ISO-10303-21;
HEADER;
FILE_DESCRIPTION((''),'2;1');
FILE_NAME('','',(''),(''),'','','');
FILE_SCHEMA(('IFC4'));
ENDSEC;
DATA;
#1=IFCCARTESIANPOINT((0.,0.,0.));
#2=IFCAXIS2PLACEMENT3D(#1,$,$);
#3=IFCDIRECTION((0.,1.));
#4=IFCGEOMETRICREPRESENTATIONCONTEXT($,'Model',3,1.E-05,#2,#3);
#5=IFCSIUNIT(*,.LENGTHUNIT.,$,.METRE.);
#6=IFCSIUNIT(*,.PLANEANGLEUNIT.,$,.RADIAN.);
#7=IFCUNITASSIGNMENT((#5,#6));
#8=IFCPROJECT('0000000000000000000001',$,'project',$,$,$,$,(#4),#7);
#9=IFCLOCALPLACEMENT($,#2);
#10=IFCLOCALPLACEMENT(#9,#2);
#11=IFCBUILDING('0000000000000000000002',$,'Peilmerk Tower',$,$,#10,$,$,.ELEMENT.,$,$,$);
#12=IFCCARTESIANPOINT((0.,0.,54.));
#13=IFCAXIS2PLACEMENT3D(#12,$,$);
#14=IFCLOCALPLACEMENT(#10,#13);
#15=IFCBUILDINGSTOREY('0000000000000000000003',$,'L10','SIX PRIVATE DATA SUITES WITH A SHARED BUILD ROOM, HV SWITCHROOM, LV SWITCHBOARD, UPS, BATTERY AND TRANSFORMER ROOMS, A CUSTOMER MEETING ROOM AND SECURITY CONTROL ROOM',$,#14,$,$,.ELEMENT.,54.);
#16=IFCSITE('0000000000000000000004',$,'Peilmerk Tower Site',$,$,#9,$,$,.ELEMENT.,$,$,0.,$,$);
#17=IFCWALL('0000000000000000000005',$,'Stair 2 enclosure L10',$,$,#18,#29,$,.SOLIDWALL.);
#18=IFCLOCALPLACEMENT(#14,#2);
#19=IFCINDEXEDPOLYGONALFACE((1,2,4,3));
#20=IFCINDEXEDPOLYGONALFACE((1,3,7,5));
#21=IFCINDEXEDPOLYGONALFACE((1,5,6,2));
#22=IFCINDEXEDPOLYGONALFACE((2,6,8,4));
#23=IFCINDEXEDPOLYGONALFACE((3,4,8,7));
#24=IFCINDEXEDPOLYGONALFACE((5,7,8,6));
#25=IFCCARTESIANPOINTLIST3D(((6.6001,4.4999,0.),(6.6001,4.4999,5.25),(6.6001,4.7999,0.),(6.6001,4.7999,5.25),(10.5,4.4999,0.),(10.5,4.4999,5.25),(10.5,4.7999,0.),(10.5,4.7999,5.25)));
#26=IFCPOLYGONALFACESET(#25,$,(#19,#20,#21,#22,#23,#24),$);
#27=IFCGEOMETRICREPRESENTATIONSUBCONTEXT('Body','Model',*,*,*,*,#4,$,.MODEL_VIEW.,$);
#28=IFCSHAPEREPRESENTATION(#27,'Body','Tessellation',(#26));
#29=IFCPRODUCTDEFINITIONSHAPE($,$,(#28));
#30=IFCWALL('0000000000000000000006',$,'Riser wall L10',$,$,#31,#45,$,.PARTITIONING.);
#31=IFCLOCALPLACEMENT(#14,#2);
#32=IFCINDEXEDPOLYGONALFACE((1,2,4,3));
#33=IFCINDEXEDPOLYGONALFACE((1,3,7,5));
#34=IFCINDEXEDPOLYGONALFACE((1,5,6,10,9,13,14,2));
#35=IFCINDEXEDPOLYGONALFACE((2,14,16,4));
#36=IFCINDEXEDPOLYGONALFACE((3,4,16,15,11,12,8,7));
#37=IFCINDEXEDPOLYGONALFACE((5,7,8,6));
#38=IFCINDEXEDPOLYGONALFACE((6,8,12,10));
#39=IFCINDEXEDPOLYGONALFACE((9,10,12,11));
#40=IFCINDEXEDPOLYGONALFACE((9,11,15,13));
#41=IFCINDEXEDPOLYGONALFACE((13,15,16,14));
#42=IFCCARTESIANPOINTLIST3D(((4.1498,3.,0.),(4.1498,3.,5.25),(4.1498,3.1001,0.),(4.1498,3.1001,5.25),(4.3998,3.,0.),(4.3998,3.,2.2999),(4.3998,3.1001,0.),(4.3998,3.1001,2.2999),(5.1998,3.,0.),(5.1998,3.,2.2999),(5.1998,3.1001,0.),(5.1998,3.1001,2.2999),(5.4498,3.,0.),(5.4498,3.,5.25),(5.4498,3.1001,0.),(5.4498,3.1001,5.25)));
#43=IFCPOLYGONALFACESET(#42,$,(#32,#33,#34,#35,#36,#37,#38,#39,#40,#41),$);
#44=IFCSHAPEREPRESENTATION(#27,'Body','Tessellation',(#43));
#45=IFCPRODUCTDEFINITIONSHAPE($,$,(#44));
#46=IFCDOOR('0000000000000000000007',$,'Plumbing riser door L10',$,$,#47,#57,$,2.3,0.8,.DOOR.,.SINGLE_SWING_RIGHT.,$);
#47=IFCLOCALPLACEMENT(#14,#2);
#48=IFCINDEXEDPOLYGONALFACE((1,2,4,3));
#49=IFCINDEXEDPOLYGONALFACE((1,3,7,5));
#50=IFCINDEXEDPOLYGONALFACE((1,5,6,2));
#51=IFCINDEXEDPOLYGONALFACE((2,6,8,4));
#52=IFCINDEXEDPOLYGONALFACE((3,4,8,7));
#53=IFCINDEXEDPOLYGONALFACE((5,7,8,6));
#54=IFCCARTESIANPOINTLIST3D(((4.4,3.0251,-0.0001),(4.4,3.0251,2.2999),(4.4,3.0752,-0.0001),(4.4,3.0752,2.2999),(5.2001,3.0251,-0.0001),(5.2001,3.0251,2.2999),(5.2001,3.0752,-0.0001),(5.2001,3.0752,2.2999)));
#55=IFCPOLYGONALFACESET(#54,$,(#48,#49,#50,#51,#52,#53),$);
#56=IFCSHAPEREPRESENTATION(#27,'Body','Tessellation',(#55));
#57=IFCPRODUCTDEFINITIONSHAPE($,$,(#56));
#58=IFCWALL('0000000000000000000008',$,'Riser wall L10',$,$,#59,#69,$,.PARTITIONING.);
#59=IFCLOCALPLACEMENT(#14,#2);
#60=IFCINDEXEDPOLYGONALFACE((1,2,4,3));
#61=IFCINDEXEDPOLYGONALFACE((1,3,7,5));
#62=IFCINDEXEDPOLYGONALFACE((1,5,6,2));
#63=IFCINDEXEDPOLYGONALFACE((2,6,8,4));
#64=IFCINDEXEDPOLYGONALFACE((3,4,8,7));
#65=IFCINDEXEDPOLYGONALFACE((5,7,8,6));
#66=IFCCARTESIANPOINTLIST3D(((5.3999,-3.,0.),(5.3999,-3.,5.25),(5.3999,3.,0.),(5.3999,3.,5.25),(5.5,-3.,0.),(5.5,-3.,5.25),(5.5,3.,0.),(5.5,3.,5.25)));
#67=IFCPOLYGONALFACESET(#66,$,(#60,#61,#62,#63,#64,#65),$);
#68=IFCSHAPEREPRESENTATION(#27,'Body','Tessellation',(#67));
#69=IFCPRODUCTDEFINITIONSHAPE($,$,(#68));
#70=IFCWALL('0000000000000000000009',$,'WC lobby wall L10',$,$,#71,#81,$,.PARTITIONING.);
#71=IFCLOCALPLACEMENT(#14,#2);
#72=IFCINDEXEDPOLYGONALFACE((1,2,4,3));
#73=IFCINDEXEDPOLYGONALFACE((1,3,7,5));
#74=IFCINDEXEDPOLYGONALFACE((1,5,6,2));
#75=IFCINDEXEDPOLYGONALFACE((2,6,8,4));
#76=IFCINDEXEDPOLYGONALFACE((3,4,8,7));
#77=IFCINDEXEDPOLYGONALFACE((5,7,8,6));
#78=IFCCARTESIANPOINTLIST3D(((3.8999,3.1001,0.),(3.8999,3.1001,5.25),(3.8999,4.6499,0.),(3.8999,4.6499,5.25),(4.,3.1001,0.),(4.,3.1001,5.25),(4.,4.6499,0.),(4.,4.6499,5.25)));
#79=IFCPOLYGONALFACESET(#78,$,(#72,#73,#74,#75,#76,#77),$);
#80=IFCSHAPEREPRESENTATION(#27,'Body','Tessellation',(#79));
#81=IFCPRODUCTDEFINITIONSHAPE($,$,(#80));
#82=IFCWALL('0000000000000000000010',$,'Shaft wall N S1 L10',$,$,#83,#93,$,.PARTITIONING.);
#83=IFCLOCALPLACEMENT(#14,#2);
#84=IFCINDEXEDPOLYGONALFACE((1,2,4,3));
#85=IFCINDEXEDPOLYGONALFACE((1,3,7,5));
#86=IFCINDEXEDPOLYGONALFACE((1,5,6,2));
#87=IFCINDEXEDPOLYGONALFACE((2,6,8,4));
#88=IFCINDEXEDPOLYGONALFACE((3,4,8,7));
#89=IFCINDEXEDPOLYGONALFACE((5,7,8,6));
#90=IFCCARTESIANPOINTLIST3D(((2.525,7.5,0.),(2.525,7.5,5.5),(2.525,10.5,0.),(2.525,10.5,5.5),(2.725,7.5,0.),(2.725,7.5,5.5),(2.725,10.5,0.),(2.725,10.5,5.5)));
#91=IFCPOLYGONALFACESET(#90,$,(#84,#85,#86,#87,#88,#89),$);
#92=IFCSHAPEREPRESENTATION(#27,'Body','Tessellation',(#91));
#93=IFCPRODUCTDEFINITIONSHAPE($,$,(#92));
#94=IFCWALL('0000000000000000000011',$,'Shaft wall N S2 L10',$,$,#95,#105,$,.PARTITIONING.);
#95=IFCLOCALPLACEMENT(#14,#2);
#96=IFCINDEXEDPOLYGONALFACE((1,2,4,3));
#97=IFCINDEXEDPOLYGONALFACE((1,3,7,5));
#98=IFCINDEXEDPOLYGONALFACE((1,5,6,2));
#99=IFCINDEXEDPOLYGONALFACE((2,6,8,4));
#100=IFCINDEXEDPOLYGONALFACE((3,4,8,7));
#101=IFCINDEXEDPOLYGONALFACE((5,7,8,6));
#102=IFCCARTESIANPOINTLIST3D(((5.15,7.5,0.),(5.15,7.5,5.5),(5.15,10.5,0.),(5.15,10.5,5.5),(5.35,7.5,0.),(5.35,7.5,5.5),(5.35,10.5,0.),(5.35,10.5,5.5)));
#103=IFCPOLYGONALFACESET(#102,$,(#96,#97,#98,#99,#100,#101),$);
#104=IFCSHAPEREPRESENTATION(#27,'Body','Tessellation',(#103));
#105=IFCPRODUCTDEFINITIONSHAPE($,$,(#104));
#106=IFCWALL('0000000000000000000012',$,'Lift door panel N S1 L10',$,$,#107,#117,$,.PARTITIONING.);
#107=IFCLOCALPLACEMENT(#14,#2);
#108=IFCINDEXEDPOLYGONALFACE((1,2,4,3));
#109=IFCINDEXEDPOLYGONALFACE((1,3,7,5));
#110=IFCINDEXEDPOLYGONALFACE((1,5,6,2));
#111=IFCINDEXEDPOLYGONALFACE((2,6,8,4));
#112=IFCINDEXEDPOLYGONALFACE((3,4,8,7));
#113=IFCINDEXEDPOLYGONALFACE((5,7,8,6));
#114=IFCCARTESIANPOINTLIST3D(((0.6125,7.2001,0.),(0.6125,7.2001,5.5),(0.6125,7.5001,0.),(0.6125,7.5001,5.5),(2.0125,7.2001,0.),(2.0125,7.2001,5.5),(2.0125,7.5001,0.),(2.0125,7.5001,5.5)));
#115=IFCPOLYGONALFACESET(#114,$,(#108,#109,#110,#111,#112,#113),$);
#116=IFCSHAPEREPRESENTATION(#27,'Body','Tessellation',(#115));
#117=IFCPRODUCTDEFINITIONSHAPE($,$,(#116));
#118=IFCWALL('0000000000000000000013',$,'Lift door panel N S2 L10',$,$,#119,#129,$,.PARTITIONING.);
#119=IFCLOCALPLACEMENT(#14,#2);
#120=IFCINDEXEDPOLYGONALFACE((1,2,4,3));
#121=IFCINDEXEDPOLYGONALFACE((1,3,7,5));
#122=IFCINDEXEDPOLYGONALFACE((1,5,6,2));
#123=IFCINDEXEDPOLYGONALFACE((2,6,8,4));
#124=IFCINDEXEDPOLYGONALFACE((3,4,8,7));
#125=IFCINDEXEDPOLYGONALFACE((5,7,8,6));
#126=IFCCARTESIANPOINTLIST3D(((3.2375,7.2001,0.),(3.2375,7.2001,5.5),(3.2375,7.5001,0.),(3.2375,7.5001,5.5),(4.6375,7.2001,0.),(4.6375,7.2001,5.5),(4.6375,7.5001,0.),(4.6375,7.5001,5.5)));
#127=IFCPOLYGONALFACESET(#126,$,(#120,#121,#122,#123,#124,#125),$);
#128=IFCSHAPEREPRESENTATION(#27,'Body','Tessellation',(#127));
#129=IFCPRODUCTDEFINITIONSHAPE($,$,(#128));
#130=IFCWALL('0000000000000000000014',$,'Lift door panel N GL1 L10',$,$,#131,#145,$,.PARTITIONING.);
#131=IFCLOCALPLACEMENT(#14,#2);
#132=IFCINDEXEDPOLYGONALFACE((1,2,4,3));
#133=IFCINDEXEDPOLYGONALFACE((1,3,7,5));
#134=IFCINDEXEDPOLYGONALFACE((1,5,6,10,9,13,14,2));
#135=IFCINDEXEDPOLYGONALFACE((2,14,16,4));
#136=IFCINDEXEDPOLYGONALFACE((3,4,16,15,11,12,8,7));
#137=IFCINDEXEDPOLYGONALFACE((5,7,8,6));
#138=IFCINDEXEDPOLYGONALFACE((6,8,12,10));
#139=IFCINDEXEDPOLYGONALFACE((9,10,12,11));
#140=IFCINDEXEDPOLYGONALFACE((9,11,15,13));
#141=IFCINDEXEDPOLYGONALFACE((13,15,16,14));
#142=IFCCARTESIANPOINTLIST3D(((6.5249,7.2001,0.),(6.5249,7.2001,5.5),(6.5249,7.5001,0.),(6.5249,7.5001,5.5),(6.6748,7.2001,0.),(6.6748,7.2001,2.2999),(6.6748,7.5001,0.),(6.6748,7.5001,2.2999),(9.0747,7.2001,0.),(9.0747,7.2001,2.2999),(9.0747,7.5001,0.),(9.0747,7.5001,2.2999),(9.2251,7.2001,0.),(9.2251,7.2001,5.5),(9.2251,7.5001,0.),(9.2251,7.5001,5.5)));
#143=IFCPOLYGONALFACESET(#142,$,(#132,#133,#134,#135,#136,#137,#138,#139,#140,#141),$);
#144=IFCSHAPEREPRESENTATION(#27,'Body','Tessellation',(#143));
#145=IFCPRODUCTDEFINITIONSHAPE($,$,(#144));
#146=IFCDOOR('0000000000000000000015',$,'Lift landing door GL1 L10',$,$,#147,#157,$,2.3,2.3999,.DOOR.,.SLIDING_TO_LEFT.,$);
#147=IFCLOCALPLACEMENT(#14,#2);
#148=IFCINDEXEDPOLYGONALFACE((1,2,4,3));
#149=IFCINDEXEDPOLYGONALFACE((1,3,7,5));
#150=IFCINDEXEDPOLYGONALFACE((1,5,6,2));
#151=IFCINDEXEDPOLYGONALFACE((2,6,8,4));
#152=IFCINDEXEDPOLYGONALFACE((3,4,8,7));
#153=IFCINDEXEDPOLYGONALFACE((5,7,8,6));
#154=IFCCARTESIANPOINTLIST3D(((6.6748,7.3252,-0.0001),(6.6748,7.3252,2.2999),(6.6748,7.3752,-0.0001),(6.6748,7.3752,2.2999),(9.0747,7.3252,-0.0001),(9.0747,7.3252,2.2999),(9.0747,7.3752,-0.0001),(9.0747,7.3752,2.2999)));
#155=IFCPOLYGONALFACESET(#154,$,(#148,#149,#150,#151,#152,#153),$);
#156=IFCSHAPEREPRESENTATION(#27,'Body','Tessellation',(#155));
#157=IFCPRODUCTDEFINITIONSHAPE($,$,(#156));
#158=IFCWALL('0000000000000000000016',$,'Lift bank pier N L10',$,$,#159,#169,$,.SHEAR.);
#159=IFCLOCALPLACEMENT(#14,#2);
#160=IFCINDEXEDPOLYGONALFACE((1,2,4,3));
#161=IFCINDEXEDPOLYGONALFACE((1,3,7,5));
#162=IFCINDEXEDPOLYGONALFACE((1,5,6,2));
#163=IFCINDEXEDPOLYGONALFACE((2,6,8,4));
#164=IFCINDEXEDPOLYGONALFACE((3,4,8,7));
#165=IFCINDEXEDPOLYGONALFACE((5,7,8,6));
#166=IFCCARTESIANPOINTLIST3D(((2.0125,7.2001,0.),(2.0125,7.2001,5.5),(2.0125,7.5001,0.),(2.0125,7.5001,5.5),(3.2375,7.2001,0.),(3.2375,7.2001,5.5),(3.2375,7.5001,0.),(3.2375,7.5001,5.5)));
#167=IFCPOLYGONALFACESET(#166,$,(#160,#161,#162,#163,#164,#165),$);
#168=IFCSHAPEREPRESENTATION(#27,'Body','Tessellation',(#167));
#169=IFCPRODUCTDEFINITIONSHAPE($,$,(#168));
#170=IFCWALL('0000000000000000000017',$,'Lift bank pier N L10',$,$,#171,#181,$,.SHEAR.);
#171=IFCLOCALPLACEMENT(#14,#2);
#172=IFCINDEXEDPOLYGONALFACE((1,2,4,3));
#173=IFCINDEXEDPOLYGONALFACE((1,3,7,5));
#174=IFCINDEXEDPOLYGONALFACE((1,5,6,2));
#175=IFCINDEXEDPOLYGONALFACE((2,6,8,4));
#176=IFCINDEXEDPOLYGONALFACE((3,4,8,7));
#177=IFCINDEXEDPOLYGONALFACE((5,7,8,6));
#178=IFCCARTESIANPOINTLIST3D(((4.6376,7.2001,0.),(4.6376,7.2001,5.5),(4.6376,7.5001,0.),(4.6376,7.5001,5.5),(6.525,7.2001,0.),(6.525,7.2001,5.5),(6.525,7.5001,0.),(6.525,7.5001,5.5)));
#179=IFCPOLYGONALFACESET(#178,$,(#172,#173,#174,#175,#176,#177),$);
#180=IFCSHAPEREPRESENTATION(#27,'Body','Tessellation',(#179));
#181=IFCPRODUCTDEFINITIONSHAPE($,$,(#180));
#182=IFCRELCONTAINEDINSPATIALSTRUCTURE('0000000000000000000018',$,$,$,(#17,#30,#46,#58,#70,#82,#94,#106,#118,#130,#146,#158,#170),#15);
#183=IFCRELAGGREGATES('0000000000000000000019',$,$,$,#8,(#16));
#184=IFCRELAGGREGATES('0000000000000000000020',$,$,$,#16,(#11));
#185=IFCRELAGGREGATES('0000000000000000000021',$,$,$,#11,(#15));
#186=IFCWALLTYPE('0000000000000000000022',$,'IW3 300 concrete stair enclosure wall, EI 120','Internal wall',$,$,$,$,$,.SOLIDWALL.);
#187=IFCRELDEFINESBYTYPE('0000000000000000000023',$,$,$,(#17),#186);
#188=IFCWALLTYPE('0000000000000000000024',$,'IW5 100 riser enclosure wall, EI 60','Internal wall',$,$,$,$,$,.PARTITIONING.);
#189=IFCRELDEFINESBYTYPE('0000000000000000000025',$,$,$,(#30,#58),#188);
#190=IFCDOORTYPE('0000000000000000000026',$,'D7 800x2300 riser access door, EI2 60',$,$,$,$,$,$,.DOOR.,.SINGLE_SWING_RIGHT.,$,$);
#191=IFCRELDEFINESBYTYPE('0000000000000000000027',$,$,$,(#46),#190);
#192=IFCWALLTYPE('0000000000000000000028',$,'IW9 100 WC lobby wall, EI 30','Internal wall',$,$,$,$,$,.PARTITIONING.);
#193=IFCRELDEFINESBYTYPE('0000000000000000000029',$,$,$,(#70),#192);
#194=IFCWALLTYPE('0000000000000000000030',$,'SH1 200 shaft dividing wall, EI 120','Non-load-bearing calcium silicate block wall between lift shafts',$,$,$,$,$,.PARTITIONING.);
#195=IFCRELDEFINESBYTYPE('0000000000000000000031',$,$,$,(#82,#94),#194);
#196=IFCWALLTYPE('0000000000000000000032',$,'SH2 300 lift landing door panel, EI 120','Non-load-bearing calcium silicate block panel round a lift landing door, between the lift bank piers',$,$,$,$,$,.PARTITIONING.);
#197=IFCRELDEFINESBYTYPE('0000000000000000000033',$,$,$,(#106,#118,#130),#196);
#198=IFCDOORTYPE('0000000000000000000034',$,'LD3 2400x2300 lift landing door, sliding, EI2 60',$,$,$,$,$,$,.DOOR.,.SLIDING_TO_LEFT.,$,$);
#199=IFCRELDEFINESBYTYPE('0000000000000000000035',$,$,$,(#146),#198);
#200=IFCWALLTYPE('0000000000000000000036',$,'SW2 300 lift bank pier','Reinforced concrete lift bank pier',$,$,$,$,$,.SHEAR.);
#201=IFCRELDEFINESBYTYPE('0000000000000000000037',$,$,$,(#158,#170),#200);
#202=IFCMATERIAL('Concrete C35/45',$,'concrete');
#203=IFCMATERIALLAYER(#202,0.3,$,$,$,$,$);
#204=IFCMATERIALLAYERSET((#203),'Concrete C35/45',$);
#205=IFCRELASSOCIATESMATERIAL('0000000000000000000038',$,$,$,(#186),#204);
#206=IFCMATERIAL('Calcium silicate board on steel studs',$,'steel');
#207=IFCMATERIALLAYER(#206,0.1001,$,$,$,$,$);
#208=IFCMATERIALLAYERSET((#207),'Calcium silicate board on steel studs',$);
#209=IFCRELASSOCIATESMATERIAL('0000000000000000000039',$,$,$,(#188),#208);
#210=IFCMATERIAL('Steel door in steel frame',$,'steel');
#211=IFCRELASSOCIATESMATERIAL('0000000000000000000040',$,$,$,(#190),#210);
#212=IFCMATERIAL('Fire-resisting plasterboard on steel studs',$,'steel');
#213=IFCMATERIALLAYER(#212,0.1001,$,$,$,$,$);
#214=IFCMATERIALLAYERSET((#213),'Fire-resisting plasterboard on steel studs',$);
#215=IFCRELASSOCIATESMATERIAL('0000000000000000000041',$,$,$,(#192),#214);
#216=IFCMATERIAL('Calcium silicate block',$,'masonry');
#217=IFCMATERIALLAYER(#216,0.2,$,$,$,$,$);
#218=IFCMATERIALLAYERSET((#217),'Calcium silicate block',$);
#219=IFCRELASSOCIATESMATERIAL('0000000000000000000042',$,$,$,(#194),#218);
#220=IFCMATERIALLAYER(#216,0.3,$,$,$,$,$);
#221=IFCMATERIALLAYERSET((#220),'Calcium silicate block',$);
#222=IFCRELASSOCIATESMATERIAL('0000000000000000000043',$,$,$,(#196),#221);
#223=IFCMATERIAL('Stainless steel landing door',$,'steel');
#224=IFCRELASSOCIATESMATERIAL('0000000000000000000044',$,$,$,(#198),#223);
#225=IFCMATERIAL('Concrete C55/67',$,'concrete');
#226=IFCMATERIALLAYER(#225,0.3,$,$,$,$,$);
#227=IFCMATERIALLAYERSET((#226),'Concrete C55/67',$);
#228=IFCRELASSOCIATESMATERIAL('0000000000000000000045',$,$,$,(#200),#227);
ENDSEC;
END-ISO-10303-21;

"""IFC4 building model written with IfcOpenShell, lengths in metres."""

from ifc_helpers import new_model, si_unit, direction, frame, frame_2d, origin, place, context, subcontext, project, spatial, rectangle, extrude, material, layer, layer_set, type_object, element, fill, save


model = new_model("IFC4")

# Units and contexts
model_context = context("Model", 3, precision=1e-05, world=origin(), true_north=direction((0.0, 1.0)))
body_context = subcontext(model_context, "Body", "Model", "MODEL_VIEW")
ifc_project = project(units=[si_unit("LENGTHUNIT", "METRE"), si_unit("PLANEANGLEUNIT", "RADIAN")], contexts=[model_context])

# Site, building, storey
site_placement = place(None, origin())
site = spatial("IfcSite", under=ifc_project, at=site_placement, Name="Peilmerk Tower Site", CompositionType="ELEMENT", RefElevation=0.0)
building_placement = place(site_placement, origin())
building = spatial("IfcBuilding", under=site, at=building_placement, Name="Peilmerk Tower", CompositionType="ELEMENT")
storey_placement = place(building_placement, frame((0.0, 0.0, 54.0)))
storey = spatial("IfcBuildingStorey", under=building, at=storey_placement, Name="L10", Description="SIX PRIVATE DATA SUITES WITH A SHARED BUILD ROOM, HV SWITCHROOM, LV SWITCHBOARD, UPS, BATTERY AND TRANSFORMER ROOMS, A CUSTOMER MEETING ROOM AND SECURITY CONTROL ROOM", CompositionType="ELEMENT", Elevation=54.0)

# Wall
ifc_material_1 = material(Name="Concrete C35/45", Category="concrete")
ifc_layer_1 = layer(ifc_material_1, 0.3)
ifc_layer_set_1 = layer_set([ifc_layer_1], Name="Concrete C35/45")
wall_type_1 = type_object("IfcWallType", Name="IW3 300 concrete stair enclosure wall, EI 120", Description="Internal wall", PredefinedType="SOLIDWALL", material=ifc_layer_set_1)
wall_1_placement = place(storey_placement, frame((6.6001, 4.6499, 0.0), z_axis=(0.0, 0.0, 1.0), x_axis=(1.0, 0.0, 0.0)))
element("IfcWall", 1, at=wall_1_placement, inside=storey, type_object=wall_type_1, Name="Stair 2 enclosure L10", PredefinedType="SOLIDWALL", context=body_context, shape_type="SweptSolid", body=[
    extrude(rectangle(XDim=3.8999, YDim=0.3, at=frame_2d((1.95, 0.0))), origin(), (0.0, 0.0, 1.0), 5.25),
])

# Wall, opening, door
ifc_material_2 = material(Name="Calcium silicate board on steel studs", Category="steel")
ifc_layer_2 = layer(ifc_material_2, 0.1001)
ifc_layer_set_2 = layer_set([ifc_layer_2], Name="Calcium silicate board on steel studs")
wall_type_2 = type_object("IfcWallType", Name="IW5 100 riser enclosure wall, EI 60", Description="Internal wall", PredefinedType="PARTITIONING", material=ifc_layer_set_2)
wall_2_placement = place(storey_placement, frame((4.1499, 3.05, 0.0), z_axis=(0.0, 0.0, 1.0), x_axis=(1.0, 0.0, 0.0)))
wall_2 = element("IfcWall", 2, at=wall_2_placement, inside=storey, type_object=wall_type_2, Name="Riser wall L10", PredefinedType="PARTITIONING", context=body_context, shape_type="SweptSolid", body=[
    extrude(rectangle(XDim=1.3, YDim=0.1001, at=frame_2d((0.6499, 0.0))), origin(), (0.0, 0.0, 1.0), 5.25),
])
opening_1_placement = place(wall_2_placement, frame((0.25, 0.0, 0.0)))
opening_1 = element("IfcOpeningElement", 3, at=opening_1_placement, cuts=wall_2, PredefinedType="OPENING", context=body_context, shape_type="SweptSolid", body=[
    extrude(rectangle(XDim=0.8, YDim=2.3, at=frame_2d((0.3999, 1.1499))), frame((0.0, 0.0601, 0.0), z_axis=(0.0, -1.0, 0.0), x_axis=(1.0, 0.0, 0.0)), (0.0, 0.0, 1.0), 0.1201),
])
ifc_material_3 = material(Name="Steel door in steel frame", Category="steel")
door_type_1 = type_object("IfcDoorType", Name="D7 800x2300 riser access door, EI2 60", OperationType="SINGLE_SWING_RIGHT", PredefinedType="DOOR", material=ifc_material_3)
door_1_placement = place(opening_1_placement, frame((0.8, 0.0, 0.0), z_axis=(0.0, 0.0, 1.0), x_axis=(-1.0, 0.0, 0.0)))
door_1 = element("IfcDoor", 4, at=door_1_placement, inside=storey, type_object=door_type_1, Name="Plumbing riser door L10", OperationType="SINGLE_SWING_RIGHT", OverallHeight=2.3, OverallWidth=0.8, PredefinedType="DOOR", context=body_context, shape_type="SweptSolid", body=[
    extrude(rectangle(XDim=0.8, YDim=2.3, at=frame_2d((0.3999, 1.1499))), frame((0.0, 0.0249, 0.0), z_axis=(0.0, -1.0, 0.0), x_axis=(1.0, 0.0, 0.0)), (0.0, 0.0, 1.0), 0.05),
])
fill(opening_1, door_1)

# Walls
wall_3_placement = place(storey_placement, frame((5.45, 3.0, 0.0), z_axis=(0.0, 0.0, 1.0), x_axis=(0.0, -1.0, 0.0)))
element("IfcWall", 5, at=wall_3_placement, inside=storey, type_object=wall_type_2, Name="Riser wall L10", PredefinedType="PARTITIONING", context=body_context, shape_type="SweptSolid", body=[
    extrude(rectangle(XDim=6.0, YDim=0.1001, at=frame_2d((3.0, 0.0))), origin(), (0.0, 0.0, 1.0), 5.25),
])
ifc_material_4 = material(Name="Fire-resisting plasterboard on steel studs", Category="steel")
ifc_layer_3 = layer(ifc_material_4, 0.1001)
ifc_layer_set_3 = layer_set([ifc_layer_3], Name="Fire-resisting plasterboard on steel studs")
wall_type_3 = type_object("IfcWallType", Name="IW9 100 WC lobby wall, EI 30", Description="Internal wall", PredefinedType="PARTITIONING", material=ifc_layer_set_3)
wall_4_placement = place(storey_placement, frame((3.95, 3.1001, 0.0), z_axis=(0.0, 0.0, 1.0), x_axis=(0.0, 1.0, 0.0)))
element("IfcWall", 6, at=wall_4_placement, inside=storey, type_object=wall_type_3, Name="WC lobby wall L10", PredefinedType="PARTITIONING", context=body_context, shape_type="SweptSolid", body=[
    extrude(rectangle(XDim=1.5498, YDim=0.1001, at=frame_2d((0.7749, 0.0))), origin(), (0.0, 0.0, 1.0), 5.25),
])
ifc_material_5 = material(Name="Calcium silicate block", Category="masonry")
ifc_layer_4 = layer(ifc_material_5, 0.2)
ifc_layer_set_4 = layer_set([ifc_layer_4], Name="Calcium silicate block")
wall_type_4 = type_object("IfcWallType", Name="SH1 200 shaft dividing wall, EI 120", Description="Non-load-bearing calcium silicate block wall between lift shafts", PredefinedType="PARTITIONING", material=ifc_layer_set_4)
for number, where, z_axis, x_axis, name in (
    (7, (2.625, 7.5, 0.0), (0.0, 0.0, 1.0), (0.0, 1.0, 0.0), "Shaft wall N S1 L10"),
    (8, (5.25, 7.5, 0.0), (0.0, 0.0, 1.0), (0.0, 1.0, 0.0), "Shaft wall N S2 L10"),
):
    element("IfcWall", number, at=place(storey_placement, frame(where, z_axis=z_axis, x_axis=x_axis)), inside=storey, type_object=wall_type_4, Name=name, PredefinedType="PARTITIONING", context=body_context, shape_type="SweptSolid", body=[
        extrude(rectangle(XDim=3.0, YDim=0.2, at=frame_2d((1.5, 0.0))), origin(), (0.0, 0.0, 1.0), 5.5),
    ])
ifc_layer_5 = layer(ifc_material_5, 0.3)
ifc_layer_set_5 = layer_set([ifc_layer_5], Name="Calcium silicate block")
wall_type_5 = type_object("IfcWallType", Name="SH2 300 lift landing door panel, EI 120", Description="Non-load-bearing calcium silicate block panel round a lift landing door, between the lift bank piers", PredefinedType="PARTITIONING", material=ifc_layer_set_5)
for number, where, z_axis, x_axis, name in (
    (9, (0.6125, 7.3501, 0.0), (0.0, 0.0, 1.0), (1.0, 0.0, 0.0), "Lift door panel N S1 L10"),
    (10, (3.2375, 7.3501, 0.0), (0.0, 0.0, 1.0), (1.0, 0.0, 0.0), "Lift door panel N S2 L10"),
):
    element("IfcWall", number, at=place(storey_placement, frame(where, z_axis=z_axis, x_axis=x_axis)), inside=storey, type_object=wall_type_5, Name=name, PredefinedType="PARTITIONING", context=body_context, shape_type="SweptSolid", body=[
        extrude(rectangle(XDim=1.3999, YDim=0.3, at=frame_2d((0.7, 0.0))), origin(), (0.0, 0.0, 1.0), 5.5),
    ])

# Wall, opening, door
wall_5_placement = place(storey_placement, frame((6.5249, 7.3501, 0.0), z_axis=(0.0, 0.0, 1.0), x_axis=(1.0, 0.0, 0.0)))
wall_5 = element("IfcWall", 11, at=wall_5_placement, inside=storey, type_object=wall_type_5, Name="Lift door panel N GL1 L10", PredefinedType="PARTITIONING", context=body_context, shape_type="SweptSolid", body=[
    extrude(rectangle(XDim=2.7002, YDim=0.3, at=frame_2d((1.3501, 0.0))), origin(), (0.0, 0.0, 1.0), 5.5),
])
opening_2_placement = place(wall_5_placement, frame((0.1499, 0.0, 0.0)))
opening_2 = element("IfcOpeningElement", 12, at=opening_2_placement, cuts=wall_5, PredefinedType="OPENING", context=body_context, shape_type="SweptSolid", body=[
    extrude(rectangle(XDim=2.3999, YDim=2.3, at=frame_2d((1.2, 1.1499))), frame((0.0, 0.1599, 0.0), z_axis=(0.0, -1.0, 0.0), x_axis=(1.0, 0.0, 0.0)), (0.0, 0.0, 1.0), 0.3201),
])
ifc_material_6 = material(Name="Stainless steel landing door", Category="steel")
door_type_2 = type_object("IfcDoorType", Name="LD3 2400x2300 lift landing door, sliding, EI2 60", OperationType="SLIDING_TO_LEFT", PredefinedType="DOOR", material=ifc_material_6)
door_2_placement = place(opening_2_placement, frame((2.3999, 0.0, 0.0), z_axis=(0.0, 0.0, 1.0), x_axis=(-1.0, 0.0, 0.0)))
door_2 = element("IfcDoor", 13, at=door_2_placement, inside=storey, type_object=door_type_2, Name="Lift landing door GL1 L10", OperationType="SLIDING_TO_LEFT", OverallHeight=2.3, OverallWidth=2.3999, PredefinedType="DOOR", context=body_context, shape_type="SweptSolid", body=[
    extrude(rectangle(XDim=2.3999, YDim=2.3, at=frame_2d((1.2, 1.1499))), frame((0.0, 0.0249, 0.0), z_axis=(0.0, -1.0, 0.0), x_axis=(1.0, 0.0, 0.0)), (0.0, 0.0, 1.0), 0.05),
])
fill(opening_2, door_2)

# Walls
ifc_material_7 = material(Name="Concrete C55/67", Category="concrete")
ifc_layer_6 = layer(ifc_material_7, 0.3)
ifc_layer_set_6 = layer_set([ifc_layer_6], Name="Concrete C55/67")
wall_type_6 = type_object("IfcWallType", Name="SW2 300 lift bank pier", Description="Reinforced concrete lift bank pier", PredefinedType="SHEAR", material=ifc_layer_set_6)
wall_6_placement = place(storey_placement, frame((2.0125, 7.3501, 0.0), z_axis=(0.0, 0.0, 1.0), x_axis=(1.0, 0.0, 0.0)))
element("IfcWall", 14, at=wall_6_placement, inside=storey, type_object=wall_type_6, Name="Lift bank pier N L10", PredefinedType="SHEAR", context=body_context, shape_type="SweptSolid", body=[
    extrude(rectangle(XDim=1.2251, YDim=0.3, at=frame_2d((0.6125, 0.0))), origin(), (0.0, 0.0, 1.0), 5.5),
])
wall_7_placement = place(storey_placement, frame((4.6375, 7.3501, 0.0), z_axis=(0.0, 0.0, 1.0), x_axis=(1.0, 0.0, 0.0)))
element("IfcWall", 15, at=wall_7_placement, inside=storey, type_object=wall_type_6, Name="Lift bank pier N L10", PredefinedType="SHEAR", context=body_context, shape_type="SweptSolid", body=[
    extrude(rectangle(XDim=1.8875, YDim=0.3, at=frame_2d((0.9438, 0.0))), origin(), (0.0, 0.0, 1.0), 5.5),
])

save(model, "model.ifc")
